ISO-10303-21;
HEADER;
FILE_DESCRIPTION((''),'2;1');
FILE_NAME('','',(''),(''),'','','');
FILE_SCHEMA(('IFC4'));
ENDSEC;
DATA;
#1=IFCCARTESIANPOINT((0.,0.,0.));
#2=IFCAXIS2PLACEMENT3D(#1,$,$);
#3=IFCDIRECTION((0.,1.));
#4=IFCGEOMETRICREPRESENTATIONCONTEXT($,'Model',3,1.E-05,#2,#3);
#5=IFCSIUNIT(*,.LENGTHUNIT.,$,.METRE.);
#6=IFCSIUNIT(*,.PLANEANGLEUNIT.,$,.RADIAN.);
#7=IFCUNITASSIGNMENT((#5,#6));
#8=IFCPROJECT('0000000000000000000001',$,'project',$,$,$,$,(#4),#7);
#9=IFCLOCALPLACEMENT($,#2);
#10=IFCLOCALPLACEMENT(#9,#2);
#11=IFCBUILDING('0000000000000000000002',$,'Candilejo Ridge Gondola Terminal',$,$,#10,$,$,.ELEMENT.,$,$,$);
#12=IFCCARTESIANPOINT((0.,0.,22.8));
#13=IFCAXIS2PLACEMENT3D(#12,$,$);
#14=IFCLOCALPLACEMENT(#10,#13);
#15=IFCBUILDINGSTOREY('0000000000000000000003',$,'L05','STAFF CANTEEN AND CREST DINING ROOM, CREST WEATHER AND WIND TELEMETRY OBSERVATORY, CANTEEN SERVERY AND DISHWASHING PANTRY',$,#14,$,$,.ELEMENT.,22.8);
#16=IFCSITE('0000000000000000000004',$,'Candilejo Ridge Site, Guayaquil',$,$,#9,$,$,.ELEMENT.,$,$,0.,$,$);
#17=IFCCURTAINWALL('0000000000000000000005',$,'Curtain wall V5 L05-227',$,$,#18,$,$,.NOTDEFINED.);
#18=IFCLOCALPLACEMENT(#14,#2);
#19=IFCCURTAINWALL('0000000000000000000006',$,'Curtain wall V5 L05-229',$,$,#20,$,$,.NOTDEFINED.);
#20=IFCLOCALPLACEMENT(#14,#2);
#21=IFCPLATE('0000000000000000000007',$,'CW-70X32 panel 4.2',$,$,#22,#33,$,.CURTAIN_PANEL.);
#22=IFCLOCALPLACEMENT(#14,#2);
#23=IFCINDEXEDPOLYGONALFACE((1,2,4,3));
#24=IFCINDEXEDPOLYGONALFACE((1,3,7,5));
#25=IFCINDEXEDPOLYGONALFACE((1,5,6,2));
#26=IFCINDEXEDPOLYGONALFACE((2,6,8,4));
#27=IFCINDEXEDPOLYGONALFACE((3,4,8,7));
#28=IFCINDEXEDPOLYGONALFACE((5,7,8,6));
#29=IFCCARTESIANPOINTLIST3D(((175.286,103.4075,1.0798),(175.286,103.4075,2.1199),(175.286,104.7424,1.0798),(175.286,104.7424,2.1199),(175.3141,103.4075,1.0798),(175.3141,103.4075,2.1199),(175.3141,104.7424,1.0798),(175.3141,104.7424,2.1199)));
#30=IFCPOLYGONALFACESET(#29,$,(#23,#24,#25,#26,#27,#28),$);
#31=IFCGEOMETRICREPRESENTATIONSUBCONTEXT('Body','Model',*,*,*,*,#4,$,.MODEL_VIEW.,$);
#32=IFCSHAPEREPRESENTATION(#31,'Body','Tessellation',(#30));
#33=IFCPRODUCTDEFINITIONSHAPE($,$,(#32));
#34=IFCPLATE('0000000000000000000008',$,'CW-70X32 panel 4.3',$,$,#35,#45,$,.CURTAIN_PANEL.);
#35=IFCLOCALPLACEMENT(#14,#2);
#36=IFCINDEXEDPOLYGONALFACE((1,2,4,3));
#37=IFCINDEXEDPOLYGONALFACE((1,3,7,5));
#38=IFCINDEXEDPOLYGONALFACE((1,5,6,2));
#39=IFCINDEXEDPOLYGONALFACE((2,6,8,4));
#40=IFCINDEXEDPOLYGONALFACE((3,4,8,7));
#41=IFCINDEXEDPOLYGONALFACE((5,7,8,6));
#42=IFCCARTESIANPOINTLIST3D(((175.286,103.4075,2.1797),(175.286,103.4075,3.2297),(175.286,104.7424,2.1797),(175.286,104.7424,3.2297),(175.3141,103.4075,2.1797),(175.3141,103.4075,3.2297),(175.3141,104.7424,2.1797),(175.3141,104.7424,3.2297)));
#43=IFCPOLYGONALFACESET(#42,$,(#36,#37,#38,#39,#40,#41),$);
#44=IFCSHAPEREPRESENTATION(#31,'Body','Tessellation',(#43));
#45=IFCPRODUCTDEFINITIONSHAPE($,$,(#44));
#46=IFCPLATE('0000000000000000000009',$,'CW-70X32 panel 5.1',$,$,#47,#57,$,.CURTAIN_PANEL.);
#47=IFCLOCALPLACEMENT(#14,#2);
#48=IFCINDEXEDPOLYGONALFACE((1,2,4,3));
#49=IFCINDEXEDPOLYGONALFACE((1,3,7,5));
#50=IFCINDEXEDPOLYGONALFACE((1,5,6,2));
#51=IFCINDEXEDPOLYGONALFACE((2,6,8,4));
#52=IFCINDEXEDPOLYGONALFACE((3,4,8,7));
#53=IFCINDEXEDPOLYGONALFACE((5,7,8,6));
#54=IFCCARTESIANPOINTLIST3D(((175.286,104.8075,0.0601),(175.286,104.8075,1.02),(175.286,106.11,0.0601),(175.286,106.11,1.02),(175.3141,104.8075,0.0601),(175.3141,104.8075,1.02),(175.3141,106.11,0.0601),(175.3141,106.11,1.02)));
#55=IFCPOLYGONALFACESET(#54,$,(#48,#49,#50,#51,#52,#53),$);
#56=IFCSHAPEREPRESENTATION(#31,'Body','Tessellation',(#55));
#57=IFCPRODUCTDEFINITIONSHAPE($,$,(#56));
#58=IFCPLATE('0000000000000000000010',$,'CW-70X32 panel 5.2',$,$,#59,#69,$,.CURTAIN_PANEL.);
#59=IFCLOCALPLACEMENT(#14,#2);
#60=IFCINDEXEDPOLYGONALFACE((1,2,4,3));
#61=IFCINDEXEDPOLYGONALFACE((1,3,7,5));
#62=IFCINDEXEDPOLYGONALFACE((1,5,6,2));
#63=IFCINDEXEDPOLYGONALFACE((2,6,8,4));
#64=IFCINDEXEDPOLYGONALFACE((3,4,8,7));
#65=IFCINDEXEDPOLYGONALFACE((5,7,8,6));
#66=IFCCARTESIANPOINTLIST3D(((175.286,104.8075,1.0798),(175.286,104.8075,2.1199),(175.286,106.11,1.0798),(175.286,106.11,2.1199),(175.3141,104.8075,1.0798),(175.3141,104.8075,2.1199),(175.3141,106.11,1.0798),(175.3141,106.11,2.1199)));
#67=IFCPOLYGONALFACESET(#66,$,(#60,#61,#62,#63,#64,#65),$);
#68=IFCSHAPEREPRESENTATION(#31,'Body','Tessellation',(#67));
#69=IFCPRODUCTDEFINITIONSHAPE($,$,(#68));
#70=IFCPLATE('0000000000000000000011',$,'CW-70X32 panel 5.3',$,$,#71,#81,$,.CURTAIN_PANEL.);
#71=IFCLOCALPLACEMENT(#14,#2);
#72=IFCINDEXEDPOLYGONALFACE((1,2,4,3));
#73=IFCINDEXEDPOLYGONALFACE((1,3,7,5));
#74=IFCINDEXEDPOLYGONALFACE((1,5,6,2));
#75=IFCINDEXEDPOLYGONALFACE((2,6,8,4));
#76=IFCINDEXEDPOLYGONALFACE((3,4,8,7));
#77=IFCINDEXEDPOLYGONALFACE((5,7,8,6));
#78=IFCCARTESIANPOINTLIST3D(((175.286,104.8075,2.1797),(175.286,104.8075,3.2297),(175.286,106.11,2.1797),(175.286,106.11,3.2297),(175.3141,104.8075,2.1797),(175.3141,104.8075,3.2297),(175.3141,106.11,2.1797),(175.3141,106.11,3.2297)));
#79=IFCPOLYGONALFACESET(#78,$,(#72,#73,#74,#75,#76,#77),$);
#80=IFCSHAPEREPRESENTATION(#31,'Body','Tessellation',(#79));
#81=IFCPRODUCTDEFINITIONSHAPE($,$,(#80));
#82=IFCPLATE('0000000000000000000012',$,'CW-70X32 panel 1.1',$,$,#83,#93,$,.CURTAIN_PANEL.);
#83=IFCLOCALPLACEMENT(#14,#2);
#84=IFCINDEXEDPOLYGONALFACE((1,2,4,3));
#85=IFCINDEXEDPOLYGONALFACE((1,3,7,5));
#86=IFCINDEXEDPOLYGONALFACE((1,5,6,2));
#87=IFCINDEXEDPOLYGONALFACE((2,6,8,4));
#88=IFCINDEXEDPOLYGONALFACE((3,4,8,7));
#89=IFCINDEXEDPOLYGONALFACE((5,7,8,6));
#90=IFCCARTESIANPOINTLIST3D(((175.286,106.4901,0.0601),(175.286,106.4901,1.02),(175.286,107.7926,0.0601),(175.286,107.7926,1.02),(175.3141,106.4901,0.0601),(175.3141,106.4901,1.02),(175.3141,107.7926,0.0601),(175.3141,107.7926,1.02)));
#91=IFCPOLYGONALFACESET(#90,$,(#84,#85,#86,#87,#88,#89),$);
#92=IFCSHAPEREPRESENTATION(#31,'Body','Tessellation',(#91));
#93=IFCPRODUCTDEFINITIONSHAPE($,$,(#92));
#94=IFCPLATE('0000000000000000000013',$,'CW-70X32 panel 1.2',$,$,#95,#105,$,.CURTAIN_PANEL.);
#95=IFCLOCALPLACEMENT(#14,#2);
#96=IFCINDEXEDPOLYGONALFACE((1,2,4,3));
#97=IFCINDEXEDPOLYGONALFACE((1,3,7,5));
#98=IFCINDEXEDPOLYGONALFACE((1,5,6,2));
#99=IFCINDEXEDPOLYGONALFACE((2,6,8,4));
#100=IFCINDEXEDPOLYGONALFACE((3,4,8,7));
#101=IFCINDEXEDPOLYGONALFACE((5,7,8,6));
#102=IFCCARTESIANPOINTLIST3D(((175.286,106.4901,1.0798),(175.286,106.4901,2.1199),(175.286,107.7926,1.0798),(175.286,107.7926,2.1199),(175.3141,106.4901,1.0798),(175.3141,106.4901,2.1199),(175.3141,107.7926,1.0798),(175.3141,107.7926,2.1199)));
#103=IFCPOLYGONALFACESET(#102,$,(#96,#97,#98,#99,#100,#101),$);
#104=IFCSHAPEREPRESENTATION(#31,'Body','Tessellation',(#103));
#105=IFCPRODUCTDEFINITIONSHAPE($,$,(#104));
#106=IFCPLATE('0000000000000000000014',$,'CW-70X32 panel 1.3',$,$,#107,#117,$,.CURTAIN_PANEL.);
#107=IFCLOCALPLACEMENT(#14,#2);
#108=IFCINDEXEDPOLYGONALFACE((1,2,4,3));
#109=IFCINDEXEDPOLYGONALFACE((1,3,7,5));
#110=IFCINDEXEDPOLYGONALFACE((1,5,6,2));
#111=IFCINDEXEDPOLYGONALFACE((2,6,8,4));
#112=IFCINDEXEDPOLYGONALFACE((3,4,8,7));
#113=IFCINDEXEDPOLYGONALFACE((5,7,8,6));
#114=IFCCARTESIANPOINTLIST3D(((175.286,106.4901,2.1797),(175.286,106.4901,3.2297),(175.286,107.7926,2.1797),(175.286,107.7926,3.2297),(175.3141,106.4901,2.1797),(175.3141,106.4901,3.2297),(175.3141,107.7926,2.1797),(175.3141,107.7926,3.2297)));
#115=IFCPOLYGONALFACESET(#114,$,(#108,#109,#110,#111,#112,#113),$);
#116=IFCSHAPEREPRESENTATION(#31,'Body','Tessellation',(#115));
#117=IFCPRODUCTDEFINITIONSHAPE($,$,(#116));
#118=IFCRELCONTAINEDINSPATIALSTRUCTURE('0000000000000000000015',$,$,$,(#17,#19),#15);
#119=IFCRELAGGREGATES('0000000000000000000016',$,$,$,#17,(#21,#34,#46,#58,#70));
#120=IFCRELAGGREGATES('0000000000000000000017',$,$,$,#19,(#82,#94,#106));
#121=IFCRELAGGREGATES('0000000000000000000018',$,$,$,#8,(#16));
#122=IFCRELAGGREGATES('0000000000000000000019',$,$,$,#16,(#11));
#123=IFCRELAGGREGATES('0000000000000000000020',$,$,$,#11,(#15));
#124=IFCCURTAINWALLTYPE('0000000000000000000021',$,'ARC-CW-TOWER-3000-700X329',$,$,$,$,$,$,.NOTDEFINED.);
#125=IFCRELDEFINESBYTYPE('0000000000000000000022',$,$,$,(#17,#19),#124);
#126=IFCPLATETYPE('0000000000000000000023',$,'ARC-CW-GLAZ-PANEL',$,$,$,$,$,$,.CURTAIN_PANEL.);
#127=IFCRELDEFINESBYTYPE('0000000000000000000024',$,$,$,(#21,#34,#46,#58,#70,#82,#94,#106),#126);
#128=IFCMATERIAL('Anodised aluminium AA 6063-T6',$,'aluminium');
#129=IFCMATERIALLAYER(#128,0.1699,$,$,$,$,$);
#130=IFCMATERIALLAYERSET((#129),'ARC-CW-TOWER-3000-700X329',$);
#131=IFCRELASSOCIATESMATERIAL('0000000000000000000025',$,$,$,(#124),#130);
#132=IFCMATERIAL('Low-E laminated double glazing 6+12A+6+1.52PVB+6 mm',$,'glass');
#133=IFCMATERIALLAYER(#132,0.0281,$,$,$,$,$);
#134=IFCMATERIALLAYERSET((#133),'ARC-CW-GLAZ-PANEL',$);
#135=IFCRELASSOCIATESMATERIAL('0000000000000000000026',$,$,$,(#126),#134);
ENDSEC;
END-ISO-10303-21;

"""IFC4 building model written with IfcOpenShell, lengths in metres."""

from ifc_helpers import new_model, si_unit, direction, frame, origin, origin_2d, place, context, subcontext, project, spatial, rectangle, extrude, material, layer, layer_set, type_object, element, aggregate, save


model = new_model("IFC4")

# Units and contexts
model_context = context("Model", 3, precision=1e-05, world=origin(), true_north=direction((0.0, 1.0)))
body_context = subcontext(model_context, "Body", "Model", "MODEL_VIEW")
ifc_project = project(units=[si_unit("LENGTHUNIT", "METRE"), si_unit("PLANEANGLEUNIT", "RADIAN")], contexts=[model_context])

# Site, building, storey
site_placement = place(None, origin())
site = spatial("IfcSite", under=ifc_project, at=site_placement, Name="Candilejo Ridge Site, Guayaquil", CompositionType="ELEMENT", RefElevation=0.0)
building_placement = place(site_placement, origin())
building = spatial("IfcBuilding", under=site, at=building_placement, Name="Candilejo Ridge Gondola Terminal", CompositionType="ELEMENT")
storey_placement = place(building_placement, frame((0.0, 0.0, 22.8)))
storey = spatial("IfcBuildingStorey", under=building, at=storey_placement, Name="L05", Description="STAFF CANTEEN AND CREST DINING ROOM, CREST WEATHER AND WIND TELEMETRY OBSERVATORY, CANTEEN SERVERY AND DISHWASHING PANTRY", CompositionType="ELEMENT", Elevation=22.8)

# Curtain wall
ifc_material_1 = material(Name="Anodised aluminium AA 6063-T6", Category="aluminium")
ifc_layer_1 = layer(ifc_material_1, 0.1699)
ifc_layer_set_1 = layer_set([ifc_layer_1], Name="ARC-CW-TOWER-3000-700X329")
curtain_wall_type = type_object("IfcCurtainWallType", Name="ARC-CW-TOWER-3000-700X329", PredefinedType="NOTDEFINED", material=ifc_layer_set_1)
curtain_wall_1_placement = place(storey_placement, origin())
curtain_wall_1 = element("IfcCurtainWall", 1, at=curtain_wall_1_placement, inside=storey, type_object=curtain_wall_type, Name="Curtain wall V5 L05-227", PredefinedType="NOTDEFINED")

# Curtain wall
curtain_wall_2_placement = place(storey_placement, origin())
curtain_wall_2 = element("IfcCurtainWall", 2, at=curtain_wall_2_placement, inside=storey, type_object=curtain_wall_type, Name="Curtain wall V5 L05-229", PredefinedType="NOTDEFINED")

# Plates
ifc_material_2 = material(Name="Low-E laminated double glazing 6+12A+6+1.52PVB+6 mm", Category="glass")
ifc_layer_2 = layer(ifc_material_2, 0.0281)
ifc_layer_set_2 = layer_set([ifc_layer_2], Name="ARC-CW-GLAZ-PANEL")
plate_type = type_object("IfcPlateType", Name="ARC-CW-GLAZ-PANEL", PredefinedType="CURTAIN_PANEL", material=ifc_layer_set_2)
plate_1_placement = place(storey_placement, frame((175.3, 104.075, 1.0798), z_axis=(0.0, 0.0, 1.0), x_axis=(0.0, 1.0, 0.0)))
plate_1 = element("IfcPlate", 3, at=plate_1_placement, type_object=plate_type, Name="CW-70X32 panel 4.2", PredefinedType="CURTAIN_PANEL", context=body_context, shape_type="SweptSolid", body=[
    extrude(rectangle(XDim=1.335, YDim=0.0281, at=origin_2d()), origin(), (0.0, 0.0, 1.0), 1.04),
])
plate_2_placement = place(storey_placement, frame((175.3, 104.075, 2.1797), z_axis=(0.0, 0.0, 1.0), x_axis=(0.0, 1.0, 0.0)))
plate_2 = element("IfcPlate", 4, at=plate_2_placement, type_object=plate_type, Name="CW-70X32 panel 4.3", PredefinedType="CURTAIN_PANEL", context=body_context, shape_type="SweptSolid", body=[
    extrude(rectangle(XDim=1.335, YDim=0.0281, at=origin_2d()), origin(), (0.0, 0.0, 1.0), 1.05),
])
plate_3_placement = place(storey_placement, frame((175.3, 105.4587, 0.0601), z_axis=(0.0, 0.0, 1.0), x_axis=(0.0, 1.0, 0.0)))
plate_3 = element("IfcPlate", 5, at=plate_3_placement, type_object=plate_type, Name="CW-70X32 panel 5.1", PredefinedType="CURTAIN_PANEL", context=body_context, shape_type="SweptSolid", body=[
    extrude(rectangle(XDim=1.3025, YDim=0.0281, at=origin_2d()), origin(), (0.0, 0.0, 1.0), 0.96),
])
plate_4_placement = place(storey_placement, frame((175.3, 105.4587, 1.0798), z_axis=(0.0, 0.0, 1.0), x_axis=(0.0, 1.0, 0.0)))
plate_4 = element("IfcPlate", 6, at=plate_4_placement, type_object=plate_type, Name="CW-70X32 panel 5.2", PredefinedType="CURTAIN_PANEL", context=body_context, shape_type="SweptSolid", body=[
    extrude(rectangle(XDim=1.3025, YDim=0.0281, at=origin_2d()), origin(), (0.0, 0.0, 1.0), 1.04),
])
plate_5_placement = place(storey_placement, frame((175.3, 105.4587, 2.1797), z_axis=(0.0, 0.0, 1.0), x_axis=(0.0, 1.0, 0.0)))
plate_5 = element("IfcPlate", 7, at=plate_5_placement, type_object=plate_type, Name="CW-70X32 panel 5.3", PredefinedType="CURTAIN_PANEL", context=body_context, shape_type="SweptSolid", body=[
    extrude(rectangle(XDim=1.3025, YDim=0.0281, at=origin_2d()), origin(), (0.0, 0.0, 1.0), 1.05),
])
aggregate(curtain_wall_1, [plate_1, plate_2, plate_3, plate_4, plate_5])
plate_6_placement = place(storey_placement, frame((175.3, 107.1414, 0.0601), z_axis=(0.0, 0.0, 1.0), x_axis=(0.0, 1.0, 0.0)))
plate_6 = element("IfcPlate", 8, at=plate_6_placement, type_object=plate_type, Name="CW-70X32 panel 1.1", PredefinedType="CURTAIN_PANEL", context=body_context, shape_type="SweptSolid", body=[
    extrude(rectangle(XDim=1.3025, YDim=0.0281, at=origin_2d()), origin(), (0.0, 0.0, 1.0), 0.96),
])
plate_7_placement = place(storey_placement, frame((175.3, 107.1414, 1.0798), z_axis=(0.0, 0.0, 1.0), x_axis=(0.0, 1.0, 0.0)))
plate_7 = element("IfcPlate", 9, at=plate_7_placement, type_object=plate_type, Name="CW-70X32 panel 1.2", PredefinedType="CURTAIN_PANEL", context=body_context, shape_type="SweptSolid", body=[
    extrude(rectangle(XDim=1.3025, YDim=0.0281, at=origin_2d()), origin(), (0.0, 0.0, 1.0), 1.04),
])
plate_8_placement = place(storey_placement, frame((175.3, 107.1414, 2.1797), z_axis=(0.0, 0.0, 1.0), x_axis=(0.0, 1.0, 0.0)))
plate_8 = element("IfcPlate", 10, at=plate_8_placement, type_object=plate_type, Name="CW-70X32 panel 1.3", PredefinedType="CURTAIN_PANEL", context=body_context, shape_type="SweptSolid", body=[
    extrude(rectangle(XDim=1.3025, YDim=0.0281, at=origin_2d()), origin(), (0.0, 0.0, 1.0), 1.05),
])
aggregate(curtain_wall_2, [plate_6, plate_7, plate_8])

save(model, "model.ifc")
